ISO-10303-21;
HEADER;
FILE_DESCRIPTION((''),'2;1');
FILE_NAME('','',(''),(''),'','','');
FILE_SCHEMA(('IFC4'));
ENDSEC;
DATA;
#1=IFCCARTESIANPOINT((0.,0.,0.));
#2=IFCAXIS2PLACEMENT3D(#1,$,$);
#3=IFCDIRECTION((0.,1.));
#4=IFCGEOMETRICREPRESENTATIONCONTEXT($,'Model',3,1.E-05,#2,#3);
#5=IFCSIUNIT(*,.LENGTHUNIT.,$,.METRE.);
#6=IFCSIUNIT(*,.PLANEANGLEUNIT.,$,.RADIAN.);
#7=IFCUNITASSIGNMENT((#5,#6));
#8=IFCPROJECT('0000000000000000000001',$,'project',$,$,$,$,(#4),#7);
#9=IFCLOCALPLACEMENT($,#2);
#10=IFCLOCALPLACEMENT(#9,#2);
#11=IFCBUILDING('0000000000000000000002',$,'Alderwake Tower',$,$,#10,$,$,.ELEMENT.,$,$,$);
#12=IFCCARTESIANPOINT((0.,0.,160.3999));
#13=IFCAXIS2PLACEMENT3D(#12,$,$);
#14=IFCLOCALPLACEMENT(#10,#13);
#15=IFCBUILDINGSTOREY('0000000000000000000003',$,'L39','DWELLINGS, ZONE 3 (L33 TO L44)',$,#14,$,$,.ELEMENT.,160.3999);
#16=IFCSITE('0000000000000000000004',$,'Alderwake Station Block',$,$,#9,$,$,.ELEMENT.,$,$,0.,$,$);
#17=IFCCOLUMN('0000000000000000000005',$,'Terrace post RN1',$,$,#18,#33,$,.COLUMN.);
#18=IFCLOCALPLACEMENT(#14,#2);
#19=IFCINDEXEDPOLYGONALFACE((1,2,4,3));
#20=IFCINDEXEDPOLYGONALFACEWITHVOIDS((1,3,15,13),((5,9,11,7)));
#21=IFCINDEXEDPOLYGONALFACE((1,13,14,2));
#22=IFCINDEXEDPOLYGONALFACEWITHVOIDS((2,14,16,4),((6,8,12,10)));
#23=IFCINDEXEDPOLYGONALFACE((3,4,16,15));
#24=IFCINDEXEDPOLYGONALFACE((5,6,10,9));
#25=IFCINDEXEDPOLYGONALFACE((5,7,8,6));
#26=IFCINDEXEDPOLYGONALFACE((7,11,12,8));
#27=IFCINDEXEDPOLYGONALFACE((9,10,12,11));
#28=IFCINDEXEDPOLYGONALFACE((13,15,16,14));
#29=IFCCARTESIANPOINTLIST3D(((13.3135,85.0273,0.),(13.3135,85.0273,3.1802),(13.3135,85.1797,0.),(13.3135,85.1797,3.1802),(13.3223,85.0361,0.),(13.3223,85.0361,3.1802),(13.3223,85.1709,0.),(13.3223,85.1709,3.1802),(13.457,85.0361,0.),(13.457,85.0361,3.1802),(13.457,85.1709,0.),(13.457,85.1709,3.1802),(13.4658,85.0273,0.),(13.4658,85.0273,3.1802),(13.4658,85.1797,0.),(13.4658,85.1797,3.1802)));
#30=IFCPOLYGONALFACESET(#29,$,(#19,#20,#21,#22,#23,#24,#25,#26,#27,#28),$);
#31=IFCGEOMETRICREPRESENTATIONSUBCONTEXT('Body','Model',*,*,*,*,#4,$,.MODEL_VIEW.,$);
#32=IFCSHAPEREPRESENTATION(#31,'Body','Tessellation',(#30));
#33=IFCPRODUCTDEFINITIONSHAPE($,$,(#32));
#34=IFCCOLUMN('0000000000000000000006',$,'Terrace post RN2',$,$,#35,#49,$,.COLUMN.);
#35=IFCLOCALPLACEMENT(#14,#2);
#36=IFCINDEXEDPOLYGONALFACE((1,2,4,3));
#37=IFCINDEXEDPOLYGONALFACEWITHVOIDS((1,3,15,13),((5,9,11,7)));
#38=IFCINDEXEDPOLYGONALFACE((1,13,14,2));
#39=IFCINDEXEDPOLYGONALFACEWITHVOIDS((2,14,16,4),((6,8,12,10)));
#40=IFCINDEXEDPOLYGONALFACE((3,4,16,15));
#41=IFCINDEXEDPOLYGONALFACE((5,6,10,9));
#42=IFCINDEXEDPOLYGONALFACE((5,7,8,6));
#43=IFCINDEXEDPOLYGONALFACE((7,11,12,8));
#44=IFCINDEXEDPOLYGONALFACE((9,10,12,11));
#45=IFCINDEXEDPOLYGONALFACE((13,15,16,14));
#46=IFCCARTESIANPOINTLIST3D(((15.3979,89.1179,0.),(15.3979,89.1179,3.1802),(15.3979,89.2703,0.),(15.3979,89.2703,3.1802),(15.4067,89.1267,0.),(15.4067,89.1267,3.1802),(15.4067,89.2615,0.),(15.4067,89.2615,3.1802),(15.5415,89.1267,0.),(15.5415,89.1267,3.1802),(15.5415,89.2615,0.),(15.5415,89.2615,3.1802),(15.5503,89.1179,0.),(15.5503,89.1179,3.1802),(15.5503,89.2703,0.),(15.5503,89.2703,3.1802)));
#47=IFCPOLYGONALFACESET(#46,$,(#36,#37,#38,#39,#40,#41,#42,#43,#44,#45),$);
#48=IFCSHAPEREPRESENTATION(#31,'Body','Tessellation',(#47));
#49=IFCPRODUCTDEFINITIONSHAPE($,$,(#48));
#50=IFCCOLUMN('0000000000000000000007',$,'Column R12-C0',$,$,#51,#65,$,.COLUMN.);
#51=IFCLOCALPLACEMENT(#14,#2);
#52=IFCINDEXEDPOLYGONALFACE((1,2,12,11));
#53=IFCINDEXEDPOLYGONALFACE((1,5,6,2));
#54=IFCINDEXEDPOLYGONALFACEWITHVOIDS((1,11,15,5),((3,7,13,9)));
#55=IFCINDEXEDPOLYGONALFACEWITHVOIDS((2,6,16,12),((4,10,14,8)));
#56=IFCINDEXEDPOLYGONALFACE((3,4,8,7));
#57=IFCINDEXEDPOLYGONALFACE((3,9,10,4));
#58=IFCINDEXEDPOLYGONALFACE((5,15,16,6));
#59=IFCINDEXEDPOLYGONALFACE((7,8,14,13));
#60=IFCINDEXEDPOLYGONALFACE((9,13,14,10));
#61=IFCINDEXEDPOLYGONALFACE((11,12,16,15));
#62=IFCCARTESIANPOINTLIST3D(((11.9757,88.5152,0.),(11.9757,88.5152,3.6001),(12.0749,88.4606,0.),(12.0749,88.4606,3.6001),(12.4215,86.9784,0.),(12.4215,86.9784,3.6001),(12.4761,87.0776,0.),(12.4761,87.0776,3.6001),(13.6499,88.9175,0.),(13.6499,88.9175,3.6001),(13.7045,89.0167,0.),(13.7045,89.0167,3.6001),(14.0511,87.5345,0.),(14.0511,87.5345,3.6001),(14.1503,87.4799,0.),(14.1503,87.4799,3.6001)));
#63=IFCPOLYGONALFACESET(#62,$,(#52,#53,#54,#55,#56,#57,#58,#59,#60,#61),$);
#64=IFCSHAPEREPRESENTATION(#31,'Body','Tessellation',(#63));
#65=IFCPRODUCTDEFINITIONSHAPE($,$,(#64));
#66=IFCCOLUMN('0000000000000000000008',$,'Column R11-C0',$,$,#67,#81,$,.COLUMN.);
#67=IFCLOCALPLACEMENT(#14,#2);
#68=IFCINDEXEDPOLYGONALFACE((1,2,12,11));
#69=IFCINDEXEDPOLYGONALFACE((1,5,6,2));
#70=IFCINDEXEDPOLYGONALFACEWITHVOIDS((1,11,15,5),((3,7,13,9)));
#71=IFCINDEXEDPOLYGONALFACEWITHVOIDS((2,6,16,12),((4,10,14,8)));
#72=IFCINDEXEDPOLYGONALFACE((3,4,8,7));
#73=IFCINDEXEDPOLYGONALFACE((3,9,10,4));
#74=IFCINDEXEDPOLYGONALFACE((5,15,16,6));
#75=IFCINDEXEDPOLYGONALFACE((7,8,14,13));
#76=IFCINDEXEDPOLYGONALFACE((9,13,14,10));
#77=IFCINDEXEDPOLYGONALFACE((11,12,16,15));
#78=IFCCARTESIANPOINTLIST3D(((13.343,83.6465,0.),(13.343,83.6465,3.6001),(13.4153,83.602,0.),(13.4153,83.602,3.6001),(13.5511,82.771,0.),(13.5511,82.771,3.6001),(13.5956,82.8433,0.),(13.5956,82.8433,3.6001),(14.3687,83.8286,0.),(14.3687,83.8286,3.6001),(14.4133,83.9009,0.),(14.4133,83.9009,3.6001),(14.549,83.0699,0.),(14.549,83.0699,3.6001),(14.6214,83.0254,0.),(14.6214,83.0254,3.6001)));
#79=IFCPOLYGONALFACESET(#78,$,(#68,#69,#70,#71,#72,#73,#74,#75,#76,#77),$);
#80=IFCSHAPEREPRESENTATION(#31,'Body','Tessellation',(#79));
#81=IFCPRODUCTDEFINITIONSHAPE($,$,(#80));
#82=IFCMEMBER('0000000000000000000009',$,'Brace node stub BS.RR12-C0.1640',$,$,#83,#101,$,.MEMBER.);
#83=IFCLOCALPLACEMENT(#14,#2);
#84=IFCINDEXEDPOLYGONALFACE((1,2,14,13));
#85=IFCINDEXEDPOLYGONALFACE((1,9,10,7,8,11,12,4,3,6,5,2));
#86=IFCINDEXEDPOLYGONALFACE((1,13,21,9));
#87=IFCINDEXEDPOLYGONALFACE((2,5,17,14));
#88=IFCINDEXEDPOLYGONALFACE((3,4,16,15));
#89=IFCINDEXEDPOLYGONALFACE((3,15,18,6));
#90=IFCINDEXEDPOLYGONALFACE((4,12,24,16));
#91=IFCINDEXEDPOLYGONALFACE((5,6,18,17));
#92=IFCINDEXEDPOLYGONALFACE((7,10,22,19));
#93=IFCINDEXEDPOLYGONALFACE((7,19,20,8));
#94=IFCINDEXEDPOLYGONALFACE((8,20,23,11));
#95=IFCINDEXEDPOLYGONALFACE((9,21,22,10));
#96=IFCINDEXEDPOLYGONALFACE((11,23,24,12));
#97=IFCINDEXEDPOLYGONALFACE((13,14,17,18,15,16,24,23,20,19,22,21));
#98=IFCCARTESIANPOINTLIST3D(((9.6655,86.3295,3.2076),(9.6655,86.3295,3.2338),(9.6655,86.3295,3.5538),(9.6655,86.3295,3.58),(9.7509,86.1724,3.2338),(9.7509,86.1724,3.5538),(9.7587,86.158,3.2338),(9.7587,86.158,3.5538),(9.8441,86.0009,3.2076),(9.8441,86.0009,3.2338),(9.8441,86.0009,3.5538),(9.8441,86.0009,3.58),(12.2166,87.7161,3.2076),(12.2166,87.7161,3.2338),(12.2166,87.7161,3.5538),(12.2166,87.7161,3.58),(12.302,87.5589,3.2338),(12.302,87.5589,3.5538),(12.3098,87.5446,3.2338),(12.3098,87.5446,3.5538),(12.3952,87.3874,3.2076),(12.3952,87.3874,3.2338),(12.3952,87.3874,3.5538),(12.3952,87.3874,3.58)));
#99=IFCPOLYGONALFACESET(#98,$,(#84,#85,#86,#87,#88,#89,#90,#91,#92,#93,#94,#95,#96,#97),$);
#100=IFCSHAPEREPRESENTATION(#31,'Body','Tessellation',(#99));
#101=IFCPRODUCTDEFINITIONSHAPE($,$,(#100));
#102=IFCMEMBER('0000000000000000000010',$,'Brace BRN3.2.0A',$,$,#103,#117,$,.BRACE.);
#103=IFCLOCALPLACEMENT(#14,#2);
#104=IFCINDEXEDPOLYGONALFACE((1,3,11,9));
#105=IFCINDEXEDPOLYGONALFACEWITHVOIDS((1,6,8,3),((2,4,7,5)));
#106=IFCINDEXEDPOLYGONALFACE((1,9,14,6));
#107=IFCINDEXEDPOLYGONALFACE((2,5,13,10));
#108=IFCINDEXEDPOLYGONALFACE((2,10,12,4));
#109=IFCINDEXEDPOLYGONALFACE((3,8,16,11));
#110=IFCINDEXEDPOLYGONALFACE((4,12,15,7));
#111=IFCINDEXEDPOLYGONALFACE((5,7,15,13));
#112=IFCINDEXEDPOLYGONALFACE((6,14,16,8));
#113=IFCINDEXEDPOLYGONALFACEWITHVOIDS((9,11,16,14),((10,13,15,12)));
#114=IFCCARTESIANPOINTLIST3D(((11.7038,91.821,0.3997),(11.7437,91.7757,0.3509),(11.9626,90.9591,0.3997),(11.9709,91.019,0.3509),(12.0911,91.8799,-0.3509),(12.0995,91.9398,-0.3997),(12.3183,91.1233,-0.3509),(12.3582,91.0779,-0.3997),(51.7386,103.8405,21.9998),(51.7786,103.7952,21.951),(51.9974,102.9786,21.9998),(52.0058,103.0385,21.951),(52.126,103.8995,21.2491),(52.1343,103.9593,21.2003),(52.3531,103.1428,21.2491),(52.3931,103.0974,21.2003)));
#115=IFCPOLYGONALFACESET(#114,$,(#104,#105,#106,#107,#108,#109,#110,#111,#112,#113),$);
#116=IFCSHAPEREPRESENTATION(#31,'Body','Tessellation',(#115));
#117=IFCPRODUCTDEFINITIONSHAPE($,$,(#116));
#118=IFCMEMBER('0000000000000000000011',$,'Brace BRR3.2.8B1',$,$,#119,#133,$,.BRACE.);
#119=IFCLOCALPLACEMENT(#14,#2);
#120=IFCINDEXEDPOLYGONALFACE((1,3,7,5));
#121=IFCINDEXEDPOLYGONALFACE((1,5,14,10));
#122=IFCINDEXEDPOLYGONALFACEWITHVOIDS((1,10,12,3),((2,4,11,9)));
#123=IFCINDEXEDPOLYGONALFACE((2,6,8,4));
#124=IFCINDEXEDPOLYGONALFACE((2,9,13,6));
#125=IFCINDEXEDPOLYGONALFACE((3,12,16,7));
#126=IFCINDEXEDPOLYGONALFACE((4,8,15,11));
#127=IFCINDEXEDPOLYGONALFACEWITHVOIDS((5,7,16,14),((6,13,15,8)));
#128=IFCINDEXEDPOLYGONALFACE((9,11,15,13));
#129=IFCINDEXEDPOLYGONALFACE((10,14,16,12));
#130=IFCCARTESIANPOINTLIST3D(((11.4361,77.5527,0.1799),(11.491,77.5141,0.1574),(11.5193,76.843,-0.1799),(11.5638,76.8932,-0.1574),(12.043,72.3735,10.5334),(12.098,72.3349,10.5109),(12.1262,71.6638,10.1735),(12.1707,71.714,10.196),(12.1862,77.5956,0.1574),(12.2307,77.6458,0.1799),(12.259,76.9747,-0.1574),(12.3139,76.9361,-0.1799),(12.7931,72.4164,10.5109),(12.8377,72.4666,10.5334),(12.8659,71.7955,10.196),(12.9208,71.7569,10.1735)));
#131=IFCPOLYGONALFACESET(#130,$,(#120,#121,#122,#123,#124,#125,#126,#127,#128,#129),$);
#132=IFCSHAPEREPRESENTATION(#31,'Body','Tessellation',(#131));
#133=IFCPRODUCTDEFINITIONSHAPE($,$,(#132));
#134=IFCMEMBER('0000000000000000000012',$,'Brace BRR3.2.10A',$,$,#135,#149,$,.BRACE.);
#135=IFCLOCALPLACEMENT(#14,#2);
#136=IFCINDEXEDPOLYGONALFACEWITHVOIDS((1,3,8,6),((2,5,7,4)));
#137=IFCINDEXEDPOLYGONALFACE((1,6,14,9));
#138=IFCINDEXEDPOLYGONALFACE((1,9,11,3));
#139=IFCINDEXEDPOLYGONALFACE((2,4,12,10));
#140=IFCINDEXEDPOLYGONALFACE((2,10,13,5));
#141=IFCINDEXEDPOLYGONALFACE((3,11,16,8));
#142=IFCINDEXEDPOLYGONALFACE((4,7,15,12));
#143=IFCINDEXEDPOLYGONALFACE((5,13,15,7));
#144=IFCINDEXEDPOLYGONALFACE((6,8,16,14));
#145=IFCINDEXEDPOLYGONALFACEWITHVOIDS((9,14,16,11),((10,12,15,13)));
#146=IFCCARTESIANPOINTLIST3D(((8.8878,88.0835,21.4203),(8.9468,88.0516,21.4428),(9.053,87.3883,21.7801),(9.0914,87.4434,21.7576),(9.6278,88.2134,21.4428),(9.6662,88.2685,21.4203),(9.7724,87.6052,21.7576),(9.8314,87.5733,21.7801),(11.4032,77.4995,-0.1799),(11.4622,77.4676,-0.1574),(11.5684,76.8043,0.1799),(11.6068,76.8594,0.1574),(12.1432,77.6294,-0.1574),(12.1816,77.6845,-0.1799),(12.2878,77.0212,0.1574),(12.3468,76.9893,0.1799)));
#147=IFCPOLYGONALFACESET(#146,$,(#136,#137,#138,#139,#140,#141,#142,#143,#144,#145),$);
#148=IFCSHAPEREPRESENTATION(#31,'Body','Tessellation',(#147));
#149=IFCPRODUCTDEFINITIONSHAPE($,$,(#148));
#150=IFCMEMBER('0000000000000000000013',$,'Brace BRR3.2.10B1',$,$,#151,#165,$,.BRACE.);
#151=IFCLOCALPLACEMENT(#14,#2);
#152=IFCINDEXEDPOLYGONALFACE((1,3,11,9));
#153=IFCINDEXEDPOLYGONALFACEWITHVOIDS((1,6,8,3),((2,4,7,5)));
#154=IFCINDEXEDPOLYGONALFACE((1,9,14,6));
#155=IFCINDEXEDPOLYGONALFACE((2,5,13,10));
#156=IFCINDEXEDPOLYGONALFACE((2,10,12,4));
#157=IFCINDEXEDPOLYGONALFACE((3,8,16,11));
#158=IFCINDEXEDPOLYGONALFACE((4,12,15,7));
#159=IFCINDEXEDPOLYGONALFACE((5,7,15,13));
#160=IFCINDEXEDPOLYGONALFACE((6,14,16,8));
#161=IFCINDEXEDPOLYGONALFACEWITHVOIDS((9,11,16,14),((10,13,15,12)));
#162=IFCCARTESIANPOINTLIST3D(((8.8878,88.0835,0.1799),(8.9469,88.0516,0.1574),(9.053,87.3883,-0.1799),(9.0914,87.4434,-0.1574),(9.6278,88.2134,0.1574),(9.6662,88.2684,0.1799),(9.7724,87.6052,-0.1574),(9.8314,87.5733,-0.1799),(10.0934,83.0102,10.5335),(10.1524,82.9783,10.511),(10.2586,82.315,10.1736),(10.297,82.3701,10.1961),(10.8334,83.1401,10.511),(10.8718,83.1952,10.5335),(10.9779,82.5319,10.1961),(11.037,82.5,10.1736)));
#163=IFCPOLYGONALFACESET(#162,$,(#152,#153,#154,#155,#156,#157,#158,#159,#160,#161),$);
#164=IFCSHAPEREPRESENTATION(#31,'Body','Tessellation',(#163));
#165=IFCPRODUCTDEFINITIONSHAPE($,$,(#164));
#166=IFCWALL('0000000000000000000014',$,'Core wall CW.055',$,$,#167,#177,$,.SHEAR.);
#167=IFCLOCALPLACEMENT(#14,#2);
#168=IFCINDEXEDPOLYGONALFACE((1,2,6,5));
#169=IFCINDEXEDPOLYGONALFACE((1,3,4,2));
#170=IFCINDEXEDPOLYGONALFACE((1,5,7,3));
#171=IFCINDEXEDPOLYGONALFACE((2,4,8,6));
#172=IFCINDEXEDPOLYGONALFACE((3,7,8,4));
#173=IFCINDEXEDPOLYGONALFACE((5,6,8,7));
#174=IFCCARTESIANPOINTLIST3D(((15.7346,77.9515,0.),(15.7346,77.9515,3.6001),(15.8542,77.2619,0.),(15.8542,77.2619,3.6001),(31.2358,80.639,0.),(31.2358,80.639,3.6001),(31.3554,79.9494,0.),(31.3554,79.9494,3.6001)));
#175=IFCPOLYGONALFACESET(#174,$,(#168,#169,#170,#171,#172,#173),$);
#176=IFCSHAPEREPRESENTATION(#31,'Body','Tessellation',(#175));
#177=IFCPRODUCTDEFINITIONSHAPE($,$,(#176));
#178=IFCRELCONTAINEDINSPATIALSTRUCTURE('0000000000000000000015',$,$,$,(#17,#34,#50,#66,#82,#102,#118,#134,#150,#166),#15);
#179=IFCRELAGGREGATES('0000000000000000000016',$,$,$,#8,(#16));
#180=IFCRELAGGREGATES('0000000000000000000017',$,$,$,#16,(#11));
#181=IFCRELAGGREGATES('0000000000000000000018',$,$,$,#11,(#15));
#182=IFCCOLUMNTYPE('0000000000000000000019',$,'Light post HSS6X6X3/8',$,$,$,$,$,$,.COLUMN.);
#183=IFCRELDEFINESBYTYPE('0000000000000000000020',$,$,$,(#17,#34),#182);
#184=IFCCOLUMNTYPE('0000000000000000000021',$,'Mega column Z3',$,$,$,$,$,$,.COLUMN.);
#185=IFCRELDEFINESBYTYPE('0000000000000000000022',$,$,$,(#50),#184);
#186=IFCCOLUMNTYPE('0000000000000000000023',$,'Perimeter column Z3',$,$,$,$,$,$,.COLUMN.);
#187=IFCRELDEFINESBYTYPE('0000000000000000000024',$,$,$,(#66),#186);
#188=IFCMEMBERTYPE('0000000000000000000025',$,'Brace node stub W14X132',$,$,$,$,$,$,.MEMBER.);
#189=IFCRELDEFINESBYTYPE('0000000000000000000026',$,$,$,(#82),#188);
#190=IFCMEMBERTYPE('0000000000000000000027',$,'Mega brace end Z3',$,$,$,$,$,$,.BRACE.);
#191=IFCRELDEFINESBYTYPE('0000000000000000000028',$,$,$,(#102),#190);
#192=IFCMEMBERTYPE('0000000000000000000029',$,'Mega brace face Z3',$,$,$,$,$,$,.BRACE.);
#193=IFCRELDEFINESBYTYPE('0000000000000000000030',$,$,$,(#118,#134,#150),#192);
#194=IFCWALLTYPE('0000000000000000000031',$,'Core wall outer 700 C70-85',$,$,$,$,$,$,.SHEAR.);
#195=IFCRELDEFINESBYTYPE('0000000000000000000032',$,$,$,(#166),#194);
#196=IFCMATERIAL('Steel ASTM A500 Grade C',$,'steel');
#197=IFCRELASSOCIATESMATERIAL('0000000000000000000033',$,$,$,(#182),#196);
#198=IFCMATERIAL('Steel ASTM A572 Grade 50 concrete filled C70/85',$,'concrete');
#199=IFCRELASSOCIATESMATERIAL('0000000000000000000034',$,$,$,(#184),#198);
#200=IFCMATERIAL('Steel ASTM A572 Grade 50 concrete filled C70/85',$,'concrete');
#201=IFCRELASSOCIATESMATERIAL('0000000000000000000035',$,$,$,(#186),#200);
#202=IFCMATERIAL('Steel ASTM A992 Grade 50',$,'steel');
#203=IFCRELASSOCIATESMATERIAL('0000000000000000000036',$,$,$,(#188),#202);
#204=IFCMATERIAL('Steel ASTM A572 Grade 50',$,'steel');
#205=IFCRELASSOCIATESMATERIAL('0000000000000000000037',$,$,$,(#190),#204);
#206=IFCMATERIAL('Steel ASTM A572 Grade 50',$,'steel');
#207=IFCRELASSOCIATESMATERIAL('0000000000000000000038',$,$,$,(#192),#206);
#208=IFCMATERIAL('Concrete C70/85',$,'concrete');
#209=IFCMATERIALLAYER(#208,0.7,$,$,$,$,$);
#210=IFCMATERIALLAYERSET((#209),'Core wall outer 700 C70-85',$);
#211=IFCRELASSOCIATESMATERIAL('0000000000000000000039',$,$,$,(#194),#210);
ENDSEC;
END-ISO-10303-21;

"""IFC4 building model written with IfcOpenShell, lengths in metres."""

from ifc_helpers import new_model, si_unit, direction, frame, frame_2d, origin, origin_2d, place, context, subcontext, project, spatial, rectangle, hollow_rectangle, i_section, extrude, material, layer, layer_set, material_profile, profile_set, type_object, element, save


model = new_model("IFC4")

# Units and contexts
model_context = context("Model", 3, precision=1e-05, world=origin(), true_north=direction((0.0, 1.0)))
body_context = subcontext(model_context, "Body", "Model", "MODEL_VIEW")
ifc_project = project(units=[si_unit("LENGTHUNIT", "METRE"), si_unit("PLANEANGLEUNIT", "RADIAN")], contexts=[model_context])

# Site, building, storey
site_placement = place(None, origin())
site = spatial("IfcSite", under=ifc_project, at=site_placement, Name="Alderwake Station Block", CompositionType="ELEMENT", RefElevation=0.0)
building_placement = place(site_placement, origin())
building = spatial("IfcBuilding", under=site, at=building_placement, Name="Alderwake Tower", CompositionType="ELEMENT")
storey_placement = place(building_placement, frame((0.0, 0.0, 160.3999)))
storey = spatial("IfcBuildingStorey", under=building, at=storey_placement, Name="L39", Description="DWELLINGS, ZONE 3 (L33 TO L44)", CompositionType="ELEMENT", Elevation=160.3999)

# Columns
ifc_material_1 = material(Name="Steel ASTM A500 Grade C", Category="steel")
ifc_material_profile_1 = material_profile(ifc_material_1, hollow_rectangle(XDim=0.1523, YDim=0.1523, WallThickness=0.0088, at=origin_2d()), Name="HSS6X6X3/8")
ifc_profile_set_1 = profile_set([ifc_material_profile_1], Name="Steel ASTM A500 Grade C")
column_type_1 = type_object("IfcColumnType", Name="Light post HSS6X6X3/8", PredefinedType="COLUMN", material=ifc_profile_set_1)
for number, where, z_axis, x_axis, name in (
    (1, (13.3896, 85.1035, 0.0), (0.0, 0.0, 1.0), (1.0, 0.0, 0.0), "Terrace post RN1"),
    (2, (15.4741, 89.1941, 0.0), (0.0, 0.0, 1.0), (1.0, 0.0, 0.0), "Terrace post RN2"),
):
    element("IfcColumn", number, at=place(storey_placement, frame(where, z_axis=z_axis, x_axis=x_axis)), inside=storey, type_object=column_type_1, Name=name, PredefinedType="COLUMN", context=body_context, shape_type="SweptSolid", body=[
        extrude(hollow_rectangle(XDim=0.1523, YDim=0.1523, WallThickness=0.0088, at=origin_2d()), origin(), (0.0, 0.0, 1.0), 3.1802),
    ])
ifc_material_2 = material(Name="Steel ASTM A572 Grade 50 concrete filled C70/85", Category="concrete")
ifc_material_profile_2 = material_profile(ifc_material_2, hollow_rectangle(XDim=1.6001, YDim=1.8, WallThickness=0.0801, at=origin_2d()), Name="BOX 1800X1600X80")
ifc_profile_set_2 = profile_set([ifc_material_profile_2], Name="Steel ASTM A572 Grade 50 concrete filled C70/85")
column_type_2 = type_object("IfcColumnType", Name="Mega column Z3", PredefinedType="COLUMN", material=ifc_profile_set_2)
column_1_placement = place(storey_placement, frame((13.063, 87.9976, 0.0), z_axis=(0.0, 0.0, 1.0), x_axis=(-0.278612, 0.960404, 0.0)))
element("IfcColumn", 3, at=column_1_placement, inside=storey, type_object=column_type_2, Name="Column R12-C0", PredefinedType="COLUMN", context=body_context, shape_type="SweptSolid", body=[
    extrude(hollow_rectangle(XDim=1.6001, YDim=1.8, WallThickness=0.0801, at=origin_2d()), origin(), (0.0, 0.0, 1.0), 3.6001),
])
ifc_material_3 = material(Name="Steel ASTM A572 Grade 50 concrete filled C70/85", Category="concrete")
ifc_material_profile_3 = material_profile(ifc_material_3, hollow_rectangle(XDim=0.8999, YDim=1.1001, WallThickness=0.0601, at=origin_2d()), Name="BOX 1100X900X60")
ifc_profile_set_3 = profile_set([ifc_material_profile_3], Name="Steel ASTM A572 Grade 50 concrete filled C70/85")
column_type_3 = type_object("IfcColumnType", Name="Perimeter column Z3", PredefinedType="COLUMN", material=ifc_profile_set_3)
column_2_placement = place(storey_placement, frame((13.9822, 83.3359, 0.0), z_axis=(0.0, 0.0, 1.0), x_axis=(-0.231222, 0.972901, 0.0)))
element("IfcColumn", 4, at=column_2_placement, inside=storey, type_object=column_type_3, Name="Column R11-C0", PredefinedType="COLUMN", context=body_context, shape_type="SweptSolid", body=[
    extrude(hollow_rectangle(XDim=0.8999, YDim=1.1001, WallThickness=0.0601, at=origin_2d()), origin(), (0.0, 0.0, 1.0), 3.6001),
])

# Members
ifc_material_4 = material(Name="Steel ASTM A992 Grade 50", Category="steel")
ifc_material_profile_4 = material_profile(ifc_material_4, i_section(OverallWidth=0.374, OverallDepth=0.3723, WebThickness=0.0164, FlangeThickness=0.0261, at=origin_2d()), Name="W14X132")
ifc_profile_set_4 = profile_set([ifc_material_profile_4], Name="Steel ASTM A992 Grade 50")
member_type_1 = type_object("IfcMemberType", Name="Brace node stub W14X132", PredefinedType="MEMBER", material=ifc_profile_set_4)
member_1_placement = place(storey_placement, frame((12.3059, 87.5518, 3.3938), z_axis=(-0.878618, -0.477526, 0.0), x_axis=(0.477526, -0.878618, 0.0)))
element("IfcMember", 5, at=member_1_placement, inside=storey, type_object=member_type_1, Name="Brace node stub BS.RR12-C0.1640", PredefinedType="MEMBER", context=body_context, shape_type="SweptSolid", body=[
    extrude(i_section(OverallWidth=0.374, OverallDepth=0.3723, WebThickness=0.0164, FlangeThickness=0.0261, at=origin_2d()), origin(), (0.0, 0.0, 1.0), 2.9036),
])
ifc_material_5 = material(Name="Steel ASTM A572 Grade 50", Category="steel")
ifc_material_profile_5 = material_profile(ifc_material_5, hollow_rectangle(XDim=0.8999, YDim=0.8999, WallThickness=0.0549, at=origin_2d()), Name="BOX 900X900X55")
ifc_profile_set_5 = profile_set([ifc_material_profile_5], Name="Steel ASTM A572 Grade 50")
member_type_2 = type_object("IfcMemberType", Name="Mega brace end Z3", PredefinedType="BRACE", material=ifc_profile_set_5)
member_2_placement = place(storey_placement, frame((12.031, 91.4495, 0.0), z_axis=(0.850877, 0.255456, 0.459075), x_axis=(-0.287547, 0.957767, 0.0)))
element("IfcMember", 6, at=member_2_placement, inside=storey, type_object=member_type_2, Name="Brace BRN3.2.0A", PredefinedType="BRACE", context=body_context, shape_type="SweptSolid", body=[
    extrude(hollow_rectangle(XDim=0.8999, YDim=0.8999, WallThickness=0.0549, at=origin_2d()), origin(), (0.0, 0.0, 1.0), 47.0513),
])
ifc_material_6 = material(Name="Steel ASTM A572 Grade 50", Category="steel")
ifc_material_profile_6 = material_profile(ifc_material_6, hollow_rectangle(XDim=0.8, YDim=0.8, WallThickness=0.05, at=origin_2d()), Name="BOX 800X800X50")
ifc_profile_set_6 = profile_set([ifc_material_profile_6], Name="Steel ASTM A572 Grade 50")
member_type_3 = type_object("IfcMemberType", Name="Mega brace face Z3", PredefinedType="BRACE", material=ifc_profile_set_6)
member_3_placement = place(storey_placement, frame((11.875, 77.2444, 0.0), z_axis=(0.052355, -0.446769, 0.893116), x_axis=(0.993204, 0.11639, 0.0)))
element("IfcMember", 7, at=member_3_placement, inside=storey, type_object=member_type_3, Name="Brace BRR3.2.8B1", PredefinedType="BRACE", context=body_context, shape_type="SweptSolid", body=[
    extrude(hollow_rectangle(XDim=0.8, YDim=0.8, WallThickness=0.05, at=origin_2d()), origin(), (0.0, 0.0, 1.0), 11.5925),
])
member_4_placement = place(storey_placement, frame((11.875, 77.2444, 0.0), z_axis=(-0.104006, 0.437627, 0.893121), x_axis=(-0.972902, -0.231219, 0.0)))
element("IfcMember", 8, at=member_4_placement, inside=storey, type_object=member_type_3, Name="Brace BRR3.2.10A", PredefinedType="BRACE", context=body_context, shape_type="SweptSolid", body=[
    extrude(hollow_rectangle(XDim=0.8, YDim=0.8, WallThickness=0.05, at=origin_2d()), origin(), (0.0, 0.0, 1.0), 24.1851),
])
member_5_placement = place(storey_placement, frame((9.3596, 87.8284, 0.0), z_axis=(0.103995, -0.437631, 0.893121), x_axis=(0.972908, 0.231194, 0.0)))
element("IfcMember", 9, at=member_5_placement, inside=storey, type_object=member_type_3, Name="Brace BRR3.2.10B1", PredefinedType="BRACE", context=body_context, shape_type="SweptSolid", body=[
    extrude(hollow_rectangle(XDim=0.8, YDim=0.8, WallThickness=0.05, at=origin_2d()), origin(), (0.0, 0.0, 1.0), 11.5925),
])

# Wall
ifc_material_7 = material(Name="Concrete C70/85", Category="concrete")
ifc_layer_1 = layer(ifc_material_7, 0.7)
ifc_layer_set_1 = layer_set([ifc_layer_1], Name="Core wall outer 700 C70-85")
wall_type_1 = type_object("IfcWallType", Name="Core wall outer 700 C70-85", PredefinedType="SHEAR", material=ifc_layer_set_1)
wall_1_placement = place(storey_placement, frame((15.7944, 77.6067, 0.0), z_axis=(0.0, 0.0, 1.0), x_axis=(0.985301, 0.170825, 0.0)))
element("IfcWall", 10, at=wall_1_placement, inside=storey, type_object=wall_type_1, Name="Core wall CW.055", PredefinedType="SHEAR", context=body_context, shape_type="SweptSolid", body=[
    extrude(rectangle(XDim=15.7324, YDim=0.7, at=frame_2d((7.8662, 0.0))), origin(), (0.0, 0.0, 1.0), 3.6001),
])

save(model, "model.ifc")
